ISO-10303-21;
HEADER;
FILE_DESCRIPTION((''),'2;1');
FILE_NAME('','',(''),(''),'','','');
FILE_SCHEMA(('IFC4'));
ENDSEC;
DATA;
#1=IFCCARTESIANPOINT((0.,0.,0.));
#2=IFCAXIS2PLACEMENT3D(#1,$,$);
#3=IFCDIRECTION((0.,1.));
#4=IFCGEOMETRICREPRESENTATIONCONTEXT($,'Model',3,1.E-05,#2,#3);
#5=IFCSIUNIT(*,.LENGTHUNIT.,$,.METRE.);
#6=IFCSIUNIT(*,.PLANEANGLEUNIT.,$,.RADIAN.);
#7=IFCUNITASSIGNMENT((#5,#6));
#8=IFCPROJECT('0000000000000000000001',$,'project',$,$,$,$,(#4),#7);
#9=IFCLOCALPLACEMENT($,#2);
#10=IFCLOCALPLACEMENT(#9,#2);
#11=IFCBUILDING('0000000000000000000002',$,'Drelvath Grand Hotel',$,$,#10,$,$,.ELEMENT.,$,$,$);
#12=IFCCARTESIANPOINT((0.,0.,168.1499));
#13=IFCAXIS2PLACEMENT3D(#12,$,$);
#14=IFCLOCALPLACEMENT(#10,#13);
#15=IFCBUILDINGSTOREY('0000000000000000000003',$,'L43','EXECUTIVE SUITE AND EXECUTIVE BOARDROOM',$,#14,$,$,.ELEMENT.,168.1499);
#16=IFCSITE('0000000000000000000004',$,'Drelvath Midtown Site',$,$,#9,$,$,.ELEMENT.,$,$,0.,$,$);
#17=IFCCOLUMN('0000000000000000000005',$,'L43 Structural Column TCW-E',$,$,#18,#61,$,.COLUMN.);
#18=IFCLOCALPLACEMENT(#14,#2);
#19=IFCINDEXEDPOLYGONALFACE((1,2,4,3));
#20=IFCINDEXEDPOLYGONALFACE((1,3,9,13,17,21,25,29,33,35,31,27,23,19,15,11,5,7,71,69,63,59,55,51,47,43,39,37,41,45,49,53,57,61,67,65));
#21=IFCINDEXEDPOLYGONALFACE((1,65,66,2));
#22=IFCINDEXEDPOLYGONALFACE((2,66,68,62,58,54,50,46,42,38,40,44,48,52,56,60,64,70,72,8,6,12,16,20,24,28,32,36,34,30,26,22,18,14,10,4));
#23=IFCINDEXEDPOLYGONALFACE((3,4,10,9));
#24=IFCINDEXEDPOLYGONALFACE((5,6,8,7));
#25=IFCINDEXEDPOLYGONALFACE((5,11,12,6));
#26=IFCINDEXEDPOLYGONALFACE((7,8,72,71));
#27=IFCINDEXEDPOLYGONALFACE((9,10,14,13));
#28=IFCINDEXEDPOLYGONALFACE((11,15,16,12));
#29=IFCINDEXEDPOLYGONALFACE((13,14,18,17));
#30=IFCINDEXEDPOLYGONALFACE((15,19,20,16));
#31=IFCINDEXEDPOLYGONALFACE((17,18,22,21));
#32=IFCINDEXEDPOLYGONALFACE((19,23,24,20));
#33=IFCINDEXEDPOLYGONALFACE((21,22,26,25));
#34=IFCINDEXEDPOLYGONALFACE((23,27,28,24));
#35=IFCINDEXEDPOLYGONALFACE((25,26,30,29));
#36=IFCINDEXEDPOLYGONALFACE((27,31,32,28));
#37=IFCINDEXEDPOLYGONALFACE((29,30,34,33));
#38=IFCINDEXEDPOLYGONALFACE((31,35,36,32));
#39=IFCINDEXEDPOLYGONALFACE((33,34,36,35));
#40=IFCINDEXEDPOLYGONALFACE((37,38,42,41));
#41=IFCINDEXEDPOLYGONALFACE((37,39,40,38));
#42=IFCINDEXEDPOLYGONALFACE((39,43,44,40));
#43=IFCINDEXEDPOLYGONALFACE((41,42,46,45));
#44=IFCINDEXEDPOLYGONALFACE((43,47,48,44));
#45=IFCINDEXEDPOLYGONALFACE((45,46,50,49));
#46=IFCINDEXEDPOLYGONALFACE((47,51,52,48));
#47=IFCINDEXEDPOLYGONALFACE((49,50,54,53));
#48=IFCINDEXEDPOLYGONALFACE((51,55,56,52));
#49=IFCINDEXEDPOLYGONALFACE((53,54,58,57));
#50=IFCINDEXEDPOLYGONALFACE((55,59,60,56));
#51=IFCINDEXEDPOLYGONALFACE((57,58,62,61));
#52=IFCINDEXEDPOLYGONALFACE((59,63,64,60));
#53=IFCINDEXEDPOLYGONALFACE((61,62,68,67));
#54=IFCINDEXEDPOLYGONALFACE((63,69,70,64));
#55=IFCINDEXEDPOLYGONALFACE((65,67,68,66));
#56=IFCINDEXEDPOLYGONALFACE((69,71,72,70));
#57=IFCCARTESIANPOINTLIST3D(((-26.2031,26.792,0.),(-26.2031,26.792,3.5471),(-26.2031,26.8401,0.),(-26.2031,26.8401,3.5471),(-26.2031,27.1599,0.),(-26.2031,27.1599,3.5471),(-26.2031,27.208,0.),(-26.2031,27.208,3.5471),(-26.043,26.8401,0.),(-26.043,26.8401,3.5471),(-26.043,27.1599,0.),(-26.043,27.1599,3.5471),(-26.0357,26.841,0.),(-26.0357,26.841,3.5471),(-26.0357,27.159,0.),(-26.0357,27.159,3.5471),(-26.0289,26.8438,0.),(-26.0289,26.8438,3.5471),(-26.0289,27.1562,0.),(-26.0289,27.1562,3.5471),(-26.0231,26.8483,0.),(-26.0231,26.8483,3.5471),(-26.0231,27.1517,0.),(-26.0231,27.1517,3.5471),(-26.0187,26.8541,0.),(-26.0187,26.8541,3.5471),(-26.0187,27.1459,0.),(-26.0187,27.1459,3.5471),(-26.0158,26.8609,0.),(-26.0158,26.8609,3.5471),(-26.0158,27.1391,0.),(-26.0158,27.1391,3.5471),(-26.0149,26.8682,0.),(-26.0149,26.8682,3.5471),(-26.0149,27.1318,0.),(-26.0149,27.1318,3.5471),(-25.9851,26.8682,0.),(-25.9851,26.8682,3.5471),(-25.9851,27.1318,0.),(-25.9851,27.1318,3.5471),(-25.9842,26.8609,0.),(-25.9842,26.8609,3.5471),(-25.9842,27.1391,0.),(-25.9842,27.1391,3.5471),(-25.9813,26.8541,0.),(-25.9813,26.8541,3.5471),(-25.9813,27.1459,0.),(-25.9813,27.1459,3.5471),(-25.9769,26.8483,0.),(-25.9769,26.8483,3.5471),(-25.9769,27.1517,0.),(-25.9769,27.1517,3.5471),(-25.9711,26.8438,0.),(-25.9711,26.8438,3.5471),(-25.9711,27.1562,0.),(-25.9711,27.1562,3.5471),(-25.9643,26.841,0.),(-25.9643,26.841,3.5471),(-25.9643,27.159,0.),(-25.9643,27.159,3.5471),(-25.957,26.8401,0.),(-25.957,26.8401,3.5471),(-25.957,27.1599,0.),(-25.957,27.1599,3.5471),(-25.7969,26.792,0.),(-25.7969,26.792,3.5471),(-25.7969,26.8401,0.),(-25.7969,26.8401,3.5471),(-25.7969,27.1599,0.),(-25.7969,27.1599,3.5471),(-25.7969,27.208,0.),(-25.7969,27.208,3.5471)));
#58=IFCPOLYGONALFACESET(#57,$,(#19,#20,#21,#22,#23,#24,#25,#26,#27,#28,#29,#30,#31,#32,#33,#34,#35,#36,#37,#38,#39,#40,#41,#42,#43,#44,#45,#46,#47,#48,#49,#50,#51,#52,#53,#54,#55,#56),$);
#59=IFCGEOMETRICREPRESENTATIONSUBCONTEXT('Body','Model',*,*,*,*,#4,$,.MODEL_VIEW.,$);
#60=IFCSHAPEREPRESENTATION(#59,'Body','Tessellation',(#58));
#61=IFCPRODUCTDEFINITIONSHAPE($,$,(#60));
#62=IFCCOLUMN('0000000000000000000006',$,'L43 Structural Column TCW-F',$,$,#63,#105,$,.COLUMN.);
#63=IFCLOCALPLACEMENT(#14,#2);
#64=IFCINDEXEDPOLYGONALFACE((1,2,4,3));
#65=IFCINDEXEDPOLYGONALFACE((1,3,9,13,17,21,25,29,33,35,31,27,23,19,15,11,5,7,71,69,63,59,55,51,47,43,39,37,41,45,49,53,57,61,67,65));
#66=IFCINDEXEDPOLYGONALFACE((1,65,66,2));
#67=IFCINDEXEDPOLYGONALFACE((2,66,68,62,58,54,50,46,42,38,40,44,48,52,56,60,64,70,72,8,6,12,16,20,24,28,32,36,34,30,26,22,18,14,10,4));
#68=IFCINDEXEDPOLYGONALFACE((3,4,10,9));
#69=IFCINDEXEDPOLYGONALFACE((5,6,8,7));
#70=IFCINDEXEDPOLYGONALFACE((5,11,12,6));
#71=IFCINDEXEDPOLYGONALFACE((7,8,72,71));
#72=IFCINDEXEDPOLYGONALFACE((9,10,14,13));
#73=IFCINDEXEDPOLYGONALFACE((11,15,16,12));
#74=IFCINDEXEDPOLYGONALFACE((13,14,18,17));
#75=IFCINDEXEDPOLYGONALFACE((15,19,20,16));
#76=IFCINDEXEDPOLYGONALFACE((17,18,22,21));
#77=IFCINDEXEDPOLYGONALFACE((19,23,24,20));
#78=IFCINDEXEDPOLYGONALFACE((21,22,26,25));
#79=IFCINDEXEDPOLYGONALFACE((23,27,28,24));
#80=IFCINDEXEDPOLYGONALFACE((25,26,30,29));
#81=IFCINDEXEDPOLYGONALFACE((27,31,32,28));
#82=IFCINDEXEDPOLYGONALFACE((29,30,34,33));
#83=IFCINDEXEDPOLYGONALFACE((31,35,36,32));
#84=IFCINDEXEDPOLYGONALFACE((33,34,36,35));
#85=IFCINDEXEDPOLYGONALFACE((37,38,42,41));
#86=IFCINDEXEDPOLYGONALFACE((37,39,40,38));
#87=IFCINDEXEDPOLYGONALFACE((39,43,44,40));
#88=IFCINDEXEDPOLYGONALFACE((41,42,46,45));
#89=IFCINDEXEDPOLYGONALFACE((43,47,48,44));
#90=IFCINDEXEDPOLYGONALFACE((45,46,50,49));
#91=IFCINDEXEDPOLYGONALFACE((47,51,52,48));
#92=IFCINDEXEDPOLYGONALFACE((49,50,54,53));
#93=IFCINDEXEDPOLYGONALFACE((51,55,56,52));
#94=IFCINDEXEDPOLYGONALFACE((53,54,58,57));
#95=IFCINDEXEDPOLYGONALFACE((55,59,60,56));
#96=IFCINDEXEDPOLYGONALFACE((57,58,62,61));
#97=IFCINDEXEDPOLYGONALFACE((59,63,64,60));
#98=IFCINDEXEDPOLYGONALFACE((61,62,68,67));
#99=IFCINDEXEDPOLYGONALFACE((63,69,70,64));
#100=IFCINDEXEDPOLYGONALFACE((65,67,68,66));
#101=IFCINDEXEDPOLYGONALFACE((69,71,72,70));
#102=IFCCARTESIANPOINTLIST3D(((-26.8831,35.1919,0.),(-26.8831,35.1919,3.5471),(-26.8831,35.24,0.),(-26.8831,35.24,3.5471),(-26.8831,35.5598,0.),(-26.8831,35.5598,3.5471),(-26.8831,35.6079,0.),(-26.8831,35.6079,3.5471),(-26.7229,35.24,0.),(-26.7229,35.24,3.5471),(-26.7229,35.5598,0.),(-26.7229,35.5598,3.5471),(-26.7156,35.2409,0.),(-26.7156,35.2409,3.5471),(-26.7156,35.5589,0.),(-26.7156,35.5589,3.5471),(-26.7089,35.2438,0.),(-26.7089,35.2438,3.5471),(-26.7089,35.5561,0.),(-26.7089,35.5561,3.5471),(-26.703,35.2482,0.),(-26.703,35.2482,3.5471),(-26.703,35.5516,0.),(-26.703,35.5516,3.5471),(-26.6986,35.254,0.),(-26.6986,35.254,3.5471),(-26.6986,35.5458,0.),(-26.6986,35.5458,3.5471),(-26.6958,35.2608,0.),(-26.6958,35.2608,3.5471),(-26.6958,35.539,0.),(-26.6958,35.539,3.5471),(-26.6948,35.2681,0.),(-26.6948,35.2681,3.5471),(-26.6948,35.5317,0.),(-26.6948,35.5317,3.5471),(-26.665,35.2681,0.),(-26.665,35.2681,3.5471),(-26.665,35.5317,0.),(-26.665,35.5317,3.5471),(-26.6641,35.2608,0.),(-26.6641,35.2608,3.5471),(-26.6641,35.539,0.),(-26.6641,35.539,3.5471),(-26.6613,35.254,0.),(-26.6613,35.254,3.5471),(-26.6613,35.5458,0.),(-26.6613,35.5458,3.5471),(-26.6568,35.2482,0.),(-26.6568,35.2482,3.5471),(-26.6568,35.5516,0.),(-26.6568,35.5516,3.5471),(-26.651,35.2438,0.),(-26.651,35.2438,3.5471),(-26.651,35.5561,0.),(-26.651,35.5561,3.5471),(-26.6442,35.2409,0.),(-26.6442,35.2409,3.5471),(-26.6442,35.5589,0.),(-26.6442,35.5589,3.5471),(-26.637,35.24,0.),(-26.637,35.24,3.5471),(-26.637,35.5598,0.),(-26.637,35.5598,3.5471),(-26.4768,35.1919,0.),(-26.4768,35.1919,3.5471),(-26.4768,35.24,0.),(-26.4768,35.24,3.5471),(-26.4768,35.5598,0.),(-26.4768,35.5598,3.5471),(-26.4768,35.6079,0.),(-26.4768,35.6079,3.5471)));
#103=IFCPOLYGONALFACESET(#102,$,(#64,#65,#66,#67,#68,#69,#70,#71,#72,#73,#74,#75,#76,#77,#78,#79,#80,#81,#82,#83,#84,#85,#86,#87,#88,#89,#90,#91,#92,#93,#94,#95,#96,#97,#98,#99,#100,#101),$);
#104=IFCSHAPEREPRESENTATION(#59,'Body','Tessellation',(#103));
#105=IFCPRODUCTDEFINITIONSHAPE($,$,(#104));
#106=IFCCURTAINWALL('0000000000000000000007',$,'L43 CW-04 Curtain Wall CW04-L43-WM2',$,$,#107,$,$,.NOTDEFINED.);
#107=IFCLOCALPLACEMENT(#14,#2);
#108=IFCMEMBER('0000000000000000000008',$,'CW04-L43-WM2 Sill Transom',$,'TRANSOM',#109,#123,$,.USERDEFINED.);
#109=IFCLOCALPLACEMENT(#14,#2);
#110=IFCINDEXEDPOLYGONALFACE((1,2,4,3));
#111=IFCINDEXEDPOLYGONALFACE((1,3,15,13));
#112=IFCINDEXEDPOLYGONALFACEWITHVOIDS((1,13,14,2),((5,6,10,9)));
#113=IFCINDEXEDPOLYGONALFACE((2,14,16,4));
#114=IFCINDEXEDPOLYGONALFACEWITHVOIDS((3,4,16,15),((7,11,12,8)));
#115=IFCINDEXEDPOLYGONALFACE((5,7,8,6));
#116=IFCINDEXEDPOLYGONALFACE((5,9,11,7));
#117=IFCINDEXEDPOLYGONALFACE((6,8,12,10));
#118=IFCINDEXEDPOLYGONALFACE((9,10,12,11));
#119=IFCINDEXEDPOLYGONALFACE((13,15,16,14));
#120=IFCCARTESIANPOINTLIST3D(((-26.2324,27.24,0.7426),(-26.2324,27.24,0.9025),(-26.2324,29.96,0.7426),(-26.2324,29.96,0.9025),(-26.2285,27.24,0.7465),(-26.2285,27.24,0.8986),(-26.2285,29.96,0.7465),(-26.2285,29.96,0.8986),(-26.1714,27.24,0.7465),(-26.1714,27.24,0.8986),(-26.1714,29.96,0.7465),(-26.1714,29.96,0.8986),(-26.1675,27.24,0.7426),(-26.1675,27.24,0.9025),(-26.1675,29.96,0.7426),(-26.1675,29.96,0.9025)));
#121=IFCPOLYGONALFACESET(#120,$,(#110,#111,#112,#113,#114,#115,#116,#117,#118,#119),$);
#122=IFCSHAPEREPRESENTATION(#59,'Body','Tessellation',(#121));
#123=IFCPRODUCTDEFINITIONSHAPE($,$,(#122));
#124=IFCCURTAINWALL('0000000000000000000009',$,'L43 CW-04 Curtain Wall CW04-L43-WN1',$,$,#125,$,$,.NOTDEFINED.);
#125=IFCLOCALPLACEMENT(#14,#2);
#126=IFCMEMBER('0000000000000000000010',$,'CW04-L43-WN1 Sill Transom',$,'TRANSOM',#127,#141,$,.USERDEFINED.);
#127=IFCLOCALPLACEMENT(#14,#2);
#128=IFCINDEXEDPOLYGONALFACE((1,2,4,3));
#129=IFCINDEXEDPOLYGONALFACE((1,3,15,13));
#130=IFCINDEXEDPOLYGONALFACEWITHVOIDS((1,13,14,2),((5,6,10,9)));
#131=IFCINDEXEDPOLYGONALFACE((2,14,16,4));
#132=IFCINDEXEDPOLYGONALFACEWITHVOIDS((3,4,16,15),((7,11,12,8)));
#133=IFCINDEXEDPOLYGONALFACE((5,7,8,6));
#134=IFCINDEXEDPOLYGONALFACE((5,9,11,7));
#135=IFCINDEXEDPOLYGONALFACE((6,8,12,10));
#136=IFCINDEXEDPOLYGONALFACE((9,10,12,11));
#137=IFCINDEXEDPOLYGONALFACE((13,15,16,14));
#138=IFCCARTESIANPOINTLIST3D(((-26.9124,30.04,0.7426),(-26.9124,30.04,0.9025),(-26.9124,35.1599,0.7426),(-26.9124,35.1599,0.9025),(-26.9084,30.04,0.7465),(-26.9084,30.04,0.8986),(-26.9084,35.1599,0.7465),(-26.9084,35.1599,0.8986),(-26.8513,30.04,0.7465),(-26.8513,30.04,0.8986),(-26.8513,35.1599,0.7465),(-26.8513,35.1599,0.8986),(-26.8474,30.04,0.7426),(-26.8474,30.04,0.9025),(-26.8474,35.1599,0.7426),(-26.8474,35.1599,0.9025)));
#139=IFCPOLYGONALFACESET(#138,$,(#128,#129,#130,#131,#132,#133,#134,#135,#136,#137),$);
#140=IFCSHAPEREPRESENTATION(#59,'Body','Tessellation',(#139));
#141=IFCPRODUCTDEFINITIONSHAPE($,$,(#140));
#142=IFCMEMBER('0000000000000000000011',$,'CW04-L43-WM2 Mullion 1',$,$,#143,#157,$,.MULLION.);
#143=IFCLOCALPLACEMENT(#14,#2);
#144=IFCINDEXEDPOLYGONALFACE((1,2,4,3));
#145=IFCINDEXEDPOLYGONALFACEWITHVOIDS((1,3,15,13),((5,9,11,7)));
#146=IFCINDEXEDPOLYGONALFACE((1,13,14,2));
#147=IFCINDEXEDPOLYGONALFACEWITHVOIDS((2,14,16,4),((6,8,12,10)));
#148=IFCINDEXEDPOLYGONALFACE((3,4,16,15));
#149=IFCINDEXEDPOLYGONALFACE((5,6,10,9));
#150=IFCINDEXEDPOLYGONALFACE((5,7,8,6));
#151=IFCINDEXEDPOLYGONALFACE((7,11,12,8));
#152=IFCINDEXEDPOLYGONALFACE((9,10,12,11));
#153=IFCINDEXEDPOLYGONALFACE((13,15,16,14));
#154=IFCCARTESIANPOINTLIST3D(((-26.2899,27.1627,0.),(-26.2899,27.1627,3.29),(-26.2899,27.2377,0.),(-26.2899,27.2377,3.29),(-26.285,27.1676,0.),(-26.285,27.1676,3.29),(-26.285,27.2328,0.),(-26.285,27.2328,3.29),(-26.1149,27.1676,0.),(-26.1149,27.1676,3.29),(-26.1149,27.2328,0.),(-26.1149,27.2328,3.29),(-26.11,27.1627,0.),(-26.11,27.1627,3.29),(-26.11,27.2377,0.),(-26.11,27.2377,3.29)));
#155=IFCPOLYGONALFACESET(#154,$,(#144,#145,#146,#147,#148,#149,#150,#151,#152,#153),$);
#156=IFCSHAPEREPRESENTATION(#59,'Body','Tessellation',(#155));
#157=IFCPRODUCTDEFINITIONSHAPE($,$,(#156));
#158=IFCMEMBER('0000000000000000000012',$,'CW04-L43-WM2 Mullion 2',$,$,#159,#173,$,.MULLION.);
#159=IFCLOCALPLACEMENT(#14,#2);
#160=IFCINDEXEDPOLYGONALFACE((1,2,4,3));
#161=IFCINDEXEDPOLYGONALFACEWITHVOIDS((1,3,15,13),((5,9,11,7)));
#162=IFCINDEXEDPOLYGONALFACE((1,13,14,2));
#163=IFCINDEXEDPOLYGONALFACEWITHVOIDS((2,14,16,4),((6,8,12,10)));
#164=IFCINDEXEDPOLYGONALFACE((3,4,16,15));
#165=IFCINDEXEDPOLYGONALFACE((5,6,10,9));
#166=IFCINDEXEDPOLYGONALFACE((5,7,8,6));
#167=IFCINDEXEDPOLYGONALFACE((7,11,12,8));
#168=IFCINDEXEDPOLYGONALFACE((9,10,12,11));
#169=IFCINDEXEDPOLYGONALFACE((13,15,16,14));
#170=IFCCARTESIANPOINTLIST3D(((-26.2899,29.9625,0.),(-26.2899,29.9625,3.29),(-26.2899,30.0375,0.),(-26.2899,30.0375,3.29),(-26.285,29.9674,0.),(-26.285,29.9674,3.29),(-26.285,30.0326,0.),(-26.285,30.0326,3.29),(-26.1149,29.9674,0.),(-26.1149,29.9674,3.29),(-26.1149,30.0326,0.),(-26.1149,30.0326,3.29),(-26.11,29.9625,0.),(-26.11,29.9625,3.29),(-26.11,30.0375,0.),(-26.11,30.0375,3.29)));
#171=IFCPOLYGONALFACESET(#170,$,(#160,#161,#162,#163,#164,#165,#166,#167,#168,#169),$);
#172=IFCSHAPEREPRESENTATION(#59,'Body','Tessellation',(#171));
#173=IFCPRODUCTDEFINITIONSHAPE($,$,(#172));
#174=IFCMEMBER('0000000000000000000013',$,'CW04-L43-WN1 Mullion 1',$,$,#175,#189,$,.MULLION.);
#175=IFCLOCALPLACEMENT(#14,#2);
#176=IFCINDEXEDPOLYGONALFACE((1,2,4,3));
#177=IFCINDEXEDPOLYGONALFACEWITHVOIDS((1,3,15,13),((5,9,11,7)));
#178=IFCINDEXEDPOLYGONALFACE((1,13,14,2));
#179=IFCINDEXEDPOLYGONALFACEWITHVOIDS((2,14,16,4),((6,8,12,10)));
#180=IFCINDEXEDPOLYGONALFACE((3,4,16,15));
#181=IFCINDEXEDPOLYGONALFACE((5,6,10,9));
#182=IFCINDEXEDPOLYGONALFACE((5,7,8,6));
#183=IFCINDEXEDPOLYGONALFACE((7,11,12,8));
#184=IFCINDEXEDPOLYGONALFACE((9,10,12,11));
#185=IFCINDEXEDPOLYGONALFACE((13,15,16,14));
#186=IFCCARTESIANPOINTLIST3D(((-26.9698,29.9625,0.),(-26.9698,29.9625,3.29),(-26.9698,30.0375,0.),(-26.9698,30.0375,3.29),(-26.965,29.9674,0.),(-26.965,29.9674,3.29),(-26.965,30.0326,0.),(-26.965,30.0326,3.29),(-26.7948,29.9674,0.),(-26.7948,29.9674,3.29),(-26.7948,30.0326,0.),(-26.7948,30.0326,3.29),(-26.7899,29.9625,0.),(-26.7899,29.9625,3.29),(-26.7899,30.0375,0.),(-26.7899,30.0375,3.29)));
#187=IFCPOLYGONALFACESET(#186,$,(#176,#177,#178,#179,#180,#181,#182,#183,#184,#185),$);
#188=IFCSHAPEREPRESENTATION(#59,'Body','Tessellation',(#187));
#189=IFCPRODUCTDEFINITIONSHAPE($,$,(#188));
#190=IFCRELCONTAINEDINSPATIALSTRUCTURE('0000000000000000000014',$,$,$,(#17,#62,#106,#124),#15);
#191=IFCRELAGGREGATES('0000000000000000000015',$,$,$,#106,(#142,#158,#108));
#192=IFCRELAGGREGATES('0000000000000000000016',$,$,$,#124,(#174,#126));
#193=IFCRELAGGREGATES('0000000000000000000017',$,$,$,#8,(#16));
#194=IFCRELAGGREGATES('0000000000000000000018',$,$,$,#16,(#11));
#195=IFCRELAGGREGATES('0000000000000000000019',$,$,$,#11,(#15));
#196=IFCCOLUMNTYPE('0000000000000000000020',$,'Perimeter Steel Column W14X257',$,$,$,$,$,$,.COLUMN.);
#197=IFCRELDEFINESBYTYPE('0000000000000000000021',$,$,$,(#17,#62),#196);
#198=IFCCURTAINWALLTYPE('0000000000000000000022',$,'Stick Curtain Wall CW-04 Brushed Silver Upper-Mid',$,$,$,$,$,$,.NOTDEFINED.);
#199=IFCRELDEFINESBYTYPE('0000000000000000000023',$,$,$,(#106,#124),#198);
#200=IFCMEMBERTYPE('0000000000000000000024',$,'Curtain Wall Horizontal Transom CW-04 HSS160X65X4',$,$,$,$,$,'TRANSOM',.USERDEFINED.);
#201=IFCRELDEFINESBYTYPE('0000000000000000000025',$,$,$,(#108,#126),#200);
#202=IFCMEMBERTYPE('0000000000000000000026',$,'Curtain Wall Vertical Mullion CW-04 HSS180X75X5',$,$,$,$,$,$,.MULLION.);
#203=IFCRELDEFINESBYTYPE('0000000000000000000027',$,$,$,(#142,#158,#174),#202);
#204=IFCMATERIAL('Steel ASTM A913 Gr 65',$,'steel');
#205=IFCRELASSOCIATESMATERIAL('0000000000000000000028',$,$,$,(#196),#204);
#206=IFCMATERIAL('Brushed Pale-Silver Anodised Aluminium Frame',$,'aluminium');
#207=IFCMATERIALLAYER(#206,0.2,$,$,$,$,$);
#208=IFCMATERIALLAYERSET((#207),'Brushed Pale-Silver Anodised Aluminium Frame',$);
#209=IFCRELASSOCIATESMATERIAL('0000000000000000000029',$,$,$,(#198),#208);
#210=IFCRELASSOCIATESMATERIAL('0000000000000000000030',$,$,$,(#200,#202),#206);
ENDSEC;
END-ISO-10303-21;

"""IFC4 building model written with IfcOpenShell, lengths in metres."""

from ifc_helpers import new_model, si_unit, direction, frame, origin, origin_2d, place, context, subcontext, project, spatial, hollow_rectangle, i_section, extrude, material, layer, layer_set, material_profile, profile_set, type_object, element, aggregate, save


model = new_model("IFC4")

# Units and contexts
model_context = context("Model", 3, precision=1e-05, world=origin(), true_north=direction((0.0, 1.0)))
body_context = subcontext(model_context, "Body", "Model", "MODEL_VIEW")
ifc_project = project(units=[si_unit("LENGTHUNIT", "METRE"), si_unit("PLANEANGLEUNIT", "RADIAN")], contexts=[model_context])

# Site, building, storey
site_placement = place(None, origin())
site = spatial("IfcSite", under=ifc_project, at=site_placement, Name="Drelvath Midtown Site", CompositionType="ELEMENT", RefElevation=0.0)
building_placement = place(site_placement, origin())
building = spatial("IfcBuilding", under=site, at=building_placement, Name="Drelvath Grand Hotel", CompositionType="ELEMENT")
storey_placement = place(building_placement, frame((0.0, 0.0, 168.1499)))
storey = spatial("IfcBuildingStorey", under=building, at=storey_placement, Name="L43", Description="EXECUTIVE SUITE AND EXECUTIVE BOARDROOM", CompositionType="ELEMENT", Elevation=168.1499)

# Columns
ifc_material_1 = material(Name="Steel ASTM A913 Gr 65", Category="steel")
ifc_material_profile_1 = material_profile(ifc_material_1, i_section(OverallWidth=0.4062, OverallDepth=0.416, WebThickness=0.0298, FlangeThickness=0.0481, FilletRadius=0.0281, at=origin_2d()), Name="W14X257")
ifc_profile_set_1 = profile_set([ifc_material_profile_1], Name="Steel ASTM A913 Gr 65")
column_type = type_object("IfcColumnType", Name="Perimeter Steel Column W14X257", PredefinedType="COLUMN", material=ifc_profile_set_1)
for number, where, z_axis, x_axis, name in (
    (1, (-26.0, 27.0, 0.0), (0.0, 0.0, 1.0), (1.0, 0.0, 0.0), "L43 Structural Column TCW-E"),
    (2, (-26.6799, 35.3999, 0.0), (0.0, 0.0, 1.0), (1.0, 0.0, 0.0), "L43 Structural Column TCW-F"),
):
    element("IfcColumn", number, at=place(storey_placement, frame(where, z_axis=z_axis, x_axis=x_axis)), inside=storey, type_object=column_type, Name=name, PredefinedType="COLUMN", context=body_context, shape_type="SweptSolid", body=[
        extrude(i_section(OverallWidth=0.4062, OverallDepth=0.416, WebThickness=0.0298, FlangeThickness=0.0481, FilletRadius=0.0281, at=origin_2d()), origin(), (0.0, 0.0, 1.0), 3.5471),
    ])

# Curtain walls, members
ifc_material_2 = material(Name="Brushed Pale-Silver Anodised Aluminium Frame", Category="aluminium")
ifc_layer_1 = layer(ifc_material_2, 0.2)
ifc_layer_set_1 = layer_set([ifc_layer_1], Name="Brushed Pale-Silver Anodised Aluminium Frame")
curtain_wall_type = type_object("IfcCurtainWallType", Name="Stick Curtain Wall CW-04 Brushed Silver Upper-Mid", PredefinedType="NOTDEFINED", material=ifc_layer_set_1)
curtain_wall_1_placement = place(storey_placement, origin())
curtain_wall_1 = element("IfcCurtainWall", 3, at=curtain_wall_1_placement, inside=storey, type_object=curtain_wall_type, Name="L43 CW-04 Curtain Wall CW04-L43-WM2", PredefinedType="NOTDEFINED")
ifc_material_profile_2 = material_profile(ifc_material_2, hollow_rectangle(XDim=0.0649, YDim=0.1599, WallThickness=0.0039, at=origin_2d()), Name="HSS160X65X4")
ifc_profile_set_2 = profile_set([ifc_material_profile_2], Name="Brushed Pale-Silver Anodised Aluminium Frame")
member_type_1 = type_object("IfcMemberType", Name="Curtain Wall Horizontal Transom CW-04 HSS160X65X4", ElementType="TRANSOM", PredefinedType="USERDEFINED", material=ifc_profile_set_2)
member_1_placement = place(storey_placement, frame((-26.2, 27.24, 0.8225), z_axis=(0.0, 1.0, 0.0), x_axis=(-1.0, 0.0, 0.0)))
member_1 = element("IfcMember", 4, at=member_1_placement, type_object=member_type_1, Name="CW04-L43-WM2 Sill Transom", ObjectType="TRANSOM", PredefinedType="USERDEFINED", context=body_context, shape_type="SweptSolid", body=[
    extrude(hollow_rectangle(XDim=0.0649, YDim=0.1599, WallThickness=0.0039, at=origin_2d()), origin(), (0.0, 0.0, 1.0), 2.72),
])
curtain_wall_2_placement = place(storey_placement, origin())
curtain_wall_2 = element("IfcCurtainWall", 5, at=curtain_wall_2_placement, inside=storey, type_object=curtain_wall_type, Name="L43 CW-04 Curtain Wall CW04-L43-WN1", PredefinedType="NOTDEFINED")
member_2_placement = place(storey_placement, frame((-26.8799, 30.04, 0.8225), z_axis=(0.0, 1.0, 0.0), x_axis=(-1.0, 0.0, 0.0)))
member_2 = element("IfcMember", 6, at=member_2_placement, type_object=member_type_1, Name="CW04-L43-WN1 Sill Transom", ObjectType="TRANSOM", PredefinedType="USERDEFINED", context=body_context, shape_type="SweptSolid", body=[
    extrude(hollow_rectangle(XDim=0.0649, YDim=0.1599, WallThickness=0.0039, at=origin_2d()), origin(), (0.0, 0.0, 1.0), 5.1199),
])

# Members
ifc_material_profile_3 = material_profile(ifc_material_2, hollow_rectangle(XDim=0.075, YDim=0.1799, WallThickness=0.0049, at=origin_2d()), Name="HSS180X75X5")
ifc_profile_set_3 = profile_set([ifc_material_profile_3], Name="Brushed Pale-Silver Anodised Aluminium Frame")
member_type_2 = type_object("IfcMemberType", Name="Curtain Wall Vertical Mullion CW-04 HSS180X75X5", PredefinedType="MULLION", material=ifc_profile_set_3)
member_3_placement = place(storey_placement, frame((-26.2, 27.2002, 0.0), z_axis=(0.0, 0.0, 1.0), x_axis=(0.0, 1.0, 0.0)))
member_3 = element("IfcMember", 7, at=member_3_placement, type_object=member_type_2, Name="CW04-L43-WM2 Mullion 1", PredefinedType="MULLION", context=body_context, shape_type="SweptSolid", body=[
    extrude(hollow_rectangle(XDim=0.075, YDim=0.1799, WallThickness=0.0049, at=origin_2d()), origin(), (0.0, 0.0, 1.0), 3.29),
])
member_4_placement = place(storey_placement, frame((-26.2, 30.0, 0.0), z_axis=(0.0, 0.0, 1.0), x_axis=(0.0, 1.0, 0.0)))
member_4 = element("IfcMember", 8, at=member_4_placement, type_object=member_type_2, Name="CW04-L43-WM2 Mullion 2", PredefinedType="MULLION", context=body_context, shape_type="SweptSolid", body=[
    extrude(hollow_rectangle(XDim=0.075, YDim=0.1799, WallThickness=0.0049, at=origin_2d()), origin(), (0.0, 0.0, 1.0), 3.29),
])
member_5_placement = place(storey_placement, frame((-26.8799, 30.0, 0.0), z_axis=(0.0, 0.0, 1.0), x_axis=(0.0, 1.0, 0.0)))
member_5 = element("IfcMember", 9, at=member_5_placement, type_object=member_type_2, Name="CW04-L43-WN1 Mullion 1", PredefinedType="MULLION", context=body_context, shape_type="SweptSolid", body=[
    extrude(hollow_rectangle(XDim=0.075, YDim=0.1799, WallThickness=0.0049, at=origin_2d()), origin(), (0.0, 0.0, 1.0), 3.29),
])

aggregate(curtain_wall_1, [member_3, member_4, member_1])
aggregate(curtain_wall_2, [member_5, member_2])

save(model, "model.ifc")
